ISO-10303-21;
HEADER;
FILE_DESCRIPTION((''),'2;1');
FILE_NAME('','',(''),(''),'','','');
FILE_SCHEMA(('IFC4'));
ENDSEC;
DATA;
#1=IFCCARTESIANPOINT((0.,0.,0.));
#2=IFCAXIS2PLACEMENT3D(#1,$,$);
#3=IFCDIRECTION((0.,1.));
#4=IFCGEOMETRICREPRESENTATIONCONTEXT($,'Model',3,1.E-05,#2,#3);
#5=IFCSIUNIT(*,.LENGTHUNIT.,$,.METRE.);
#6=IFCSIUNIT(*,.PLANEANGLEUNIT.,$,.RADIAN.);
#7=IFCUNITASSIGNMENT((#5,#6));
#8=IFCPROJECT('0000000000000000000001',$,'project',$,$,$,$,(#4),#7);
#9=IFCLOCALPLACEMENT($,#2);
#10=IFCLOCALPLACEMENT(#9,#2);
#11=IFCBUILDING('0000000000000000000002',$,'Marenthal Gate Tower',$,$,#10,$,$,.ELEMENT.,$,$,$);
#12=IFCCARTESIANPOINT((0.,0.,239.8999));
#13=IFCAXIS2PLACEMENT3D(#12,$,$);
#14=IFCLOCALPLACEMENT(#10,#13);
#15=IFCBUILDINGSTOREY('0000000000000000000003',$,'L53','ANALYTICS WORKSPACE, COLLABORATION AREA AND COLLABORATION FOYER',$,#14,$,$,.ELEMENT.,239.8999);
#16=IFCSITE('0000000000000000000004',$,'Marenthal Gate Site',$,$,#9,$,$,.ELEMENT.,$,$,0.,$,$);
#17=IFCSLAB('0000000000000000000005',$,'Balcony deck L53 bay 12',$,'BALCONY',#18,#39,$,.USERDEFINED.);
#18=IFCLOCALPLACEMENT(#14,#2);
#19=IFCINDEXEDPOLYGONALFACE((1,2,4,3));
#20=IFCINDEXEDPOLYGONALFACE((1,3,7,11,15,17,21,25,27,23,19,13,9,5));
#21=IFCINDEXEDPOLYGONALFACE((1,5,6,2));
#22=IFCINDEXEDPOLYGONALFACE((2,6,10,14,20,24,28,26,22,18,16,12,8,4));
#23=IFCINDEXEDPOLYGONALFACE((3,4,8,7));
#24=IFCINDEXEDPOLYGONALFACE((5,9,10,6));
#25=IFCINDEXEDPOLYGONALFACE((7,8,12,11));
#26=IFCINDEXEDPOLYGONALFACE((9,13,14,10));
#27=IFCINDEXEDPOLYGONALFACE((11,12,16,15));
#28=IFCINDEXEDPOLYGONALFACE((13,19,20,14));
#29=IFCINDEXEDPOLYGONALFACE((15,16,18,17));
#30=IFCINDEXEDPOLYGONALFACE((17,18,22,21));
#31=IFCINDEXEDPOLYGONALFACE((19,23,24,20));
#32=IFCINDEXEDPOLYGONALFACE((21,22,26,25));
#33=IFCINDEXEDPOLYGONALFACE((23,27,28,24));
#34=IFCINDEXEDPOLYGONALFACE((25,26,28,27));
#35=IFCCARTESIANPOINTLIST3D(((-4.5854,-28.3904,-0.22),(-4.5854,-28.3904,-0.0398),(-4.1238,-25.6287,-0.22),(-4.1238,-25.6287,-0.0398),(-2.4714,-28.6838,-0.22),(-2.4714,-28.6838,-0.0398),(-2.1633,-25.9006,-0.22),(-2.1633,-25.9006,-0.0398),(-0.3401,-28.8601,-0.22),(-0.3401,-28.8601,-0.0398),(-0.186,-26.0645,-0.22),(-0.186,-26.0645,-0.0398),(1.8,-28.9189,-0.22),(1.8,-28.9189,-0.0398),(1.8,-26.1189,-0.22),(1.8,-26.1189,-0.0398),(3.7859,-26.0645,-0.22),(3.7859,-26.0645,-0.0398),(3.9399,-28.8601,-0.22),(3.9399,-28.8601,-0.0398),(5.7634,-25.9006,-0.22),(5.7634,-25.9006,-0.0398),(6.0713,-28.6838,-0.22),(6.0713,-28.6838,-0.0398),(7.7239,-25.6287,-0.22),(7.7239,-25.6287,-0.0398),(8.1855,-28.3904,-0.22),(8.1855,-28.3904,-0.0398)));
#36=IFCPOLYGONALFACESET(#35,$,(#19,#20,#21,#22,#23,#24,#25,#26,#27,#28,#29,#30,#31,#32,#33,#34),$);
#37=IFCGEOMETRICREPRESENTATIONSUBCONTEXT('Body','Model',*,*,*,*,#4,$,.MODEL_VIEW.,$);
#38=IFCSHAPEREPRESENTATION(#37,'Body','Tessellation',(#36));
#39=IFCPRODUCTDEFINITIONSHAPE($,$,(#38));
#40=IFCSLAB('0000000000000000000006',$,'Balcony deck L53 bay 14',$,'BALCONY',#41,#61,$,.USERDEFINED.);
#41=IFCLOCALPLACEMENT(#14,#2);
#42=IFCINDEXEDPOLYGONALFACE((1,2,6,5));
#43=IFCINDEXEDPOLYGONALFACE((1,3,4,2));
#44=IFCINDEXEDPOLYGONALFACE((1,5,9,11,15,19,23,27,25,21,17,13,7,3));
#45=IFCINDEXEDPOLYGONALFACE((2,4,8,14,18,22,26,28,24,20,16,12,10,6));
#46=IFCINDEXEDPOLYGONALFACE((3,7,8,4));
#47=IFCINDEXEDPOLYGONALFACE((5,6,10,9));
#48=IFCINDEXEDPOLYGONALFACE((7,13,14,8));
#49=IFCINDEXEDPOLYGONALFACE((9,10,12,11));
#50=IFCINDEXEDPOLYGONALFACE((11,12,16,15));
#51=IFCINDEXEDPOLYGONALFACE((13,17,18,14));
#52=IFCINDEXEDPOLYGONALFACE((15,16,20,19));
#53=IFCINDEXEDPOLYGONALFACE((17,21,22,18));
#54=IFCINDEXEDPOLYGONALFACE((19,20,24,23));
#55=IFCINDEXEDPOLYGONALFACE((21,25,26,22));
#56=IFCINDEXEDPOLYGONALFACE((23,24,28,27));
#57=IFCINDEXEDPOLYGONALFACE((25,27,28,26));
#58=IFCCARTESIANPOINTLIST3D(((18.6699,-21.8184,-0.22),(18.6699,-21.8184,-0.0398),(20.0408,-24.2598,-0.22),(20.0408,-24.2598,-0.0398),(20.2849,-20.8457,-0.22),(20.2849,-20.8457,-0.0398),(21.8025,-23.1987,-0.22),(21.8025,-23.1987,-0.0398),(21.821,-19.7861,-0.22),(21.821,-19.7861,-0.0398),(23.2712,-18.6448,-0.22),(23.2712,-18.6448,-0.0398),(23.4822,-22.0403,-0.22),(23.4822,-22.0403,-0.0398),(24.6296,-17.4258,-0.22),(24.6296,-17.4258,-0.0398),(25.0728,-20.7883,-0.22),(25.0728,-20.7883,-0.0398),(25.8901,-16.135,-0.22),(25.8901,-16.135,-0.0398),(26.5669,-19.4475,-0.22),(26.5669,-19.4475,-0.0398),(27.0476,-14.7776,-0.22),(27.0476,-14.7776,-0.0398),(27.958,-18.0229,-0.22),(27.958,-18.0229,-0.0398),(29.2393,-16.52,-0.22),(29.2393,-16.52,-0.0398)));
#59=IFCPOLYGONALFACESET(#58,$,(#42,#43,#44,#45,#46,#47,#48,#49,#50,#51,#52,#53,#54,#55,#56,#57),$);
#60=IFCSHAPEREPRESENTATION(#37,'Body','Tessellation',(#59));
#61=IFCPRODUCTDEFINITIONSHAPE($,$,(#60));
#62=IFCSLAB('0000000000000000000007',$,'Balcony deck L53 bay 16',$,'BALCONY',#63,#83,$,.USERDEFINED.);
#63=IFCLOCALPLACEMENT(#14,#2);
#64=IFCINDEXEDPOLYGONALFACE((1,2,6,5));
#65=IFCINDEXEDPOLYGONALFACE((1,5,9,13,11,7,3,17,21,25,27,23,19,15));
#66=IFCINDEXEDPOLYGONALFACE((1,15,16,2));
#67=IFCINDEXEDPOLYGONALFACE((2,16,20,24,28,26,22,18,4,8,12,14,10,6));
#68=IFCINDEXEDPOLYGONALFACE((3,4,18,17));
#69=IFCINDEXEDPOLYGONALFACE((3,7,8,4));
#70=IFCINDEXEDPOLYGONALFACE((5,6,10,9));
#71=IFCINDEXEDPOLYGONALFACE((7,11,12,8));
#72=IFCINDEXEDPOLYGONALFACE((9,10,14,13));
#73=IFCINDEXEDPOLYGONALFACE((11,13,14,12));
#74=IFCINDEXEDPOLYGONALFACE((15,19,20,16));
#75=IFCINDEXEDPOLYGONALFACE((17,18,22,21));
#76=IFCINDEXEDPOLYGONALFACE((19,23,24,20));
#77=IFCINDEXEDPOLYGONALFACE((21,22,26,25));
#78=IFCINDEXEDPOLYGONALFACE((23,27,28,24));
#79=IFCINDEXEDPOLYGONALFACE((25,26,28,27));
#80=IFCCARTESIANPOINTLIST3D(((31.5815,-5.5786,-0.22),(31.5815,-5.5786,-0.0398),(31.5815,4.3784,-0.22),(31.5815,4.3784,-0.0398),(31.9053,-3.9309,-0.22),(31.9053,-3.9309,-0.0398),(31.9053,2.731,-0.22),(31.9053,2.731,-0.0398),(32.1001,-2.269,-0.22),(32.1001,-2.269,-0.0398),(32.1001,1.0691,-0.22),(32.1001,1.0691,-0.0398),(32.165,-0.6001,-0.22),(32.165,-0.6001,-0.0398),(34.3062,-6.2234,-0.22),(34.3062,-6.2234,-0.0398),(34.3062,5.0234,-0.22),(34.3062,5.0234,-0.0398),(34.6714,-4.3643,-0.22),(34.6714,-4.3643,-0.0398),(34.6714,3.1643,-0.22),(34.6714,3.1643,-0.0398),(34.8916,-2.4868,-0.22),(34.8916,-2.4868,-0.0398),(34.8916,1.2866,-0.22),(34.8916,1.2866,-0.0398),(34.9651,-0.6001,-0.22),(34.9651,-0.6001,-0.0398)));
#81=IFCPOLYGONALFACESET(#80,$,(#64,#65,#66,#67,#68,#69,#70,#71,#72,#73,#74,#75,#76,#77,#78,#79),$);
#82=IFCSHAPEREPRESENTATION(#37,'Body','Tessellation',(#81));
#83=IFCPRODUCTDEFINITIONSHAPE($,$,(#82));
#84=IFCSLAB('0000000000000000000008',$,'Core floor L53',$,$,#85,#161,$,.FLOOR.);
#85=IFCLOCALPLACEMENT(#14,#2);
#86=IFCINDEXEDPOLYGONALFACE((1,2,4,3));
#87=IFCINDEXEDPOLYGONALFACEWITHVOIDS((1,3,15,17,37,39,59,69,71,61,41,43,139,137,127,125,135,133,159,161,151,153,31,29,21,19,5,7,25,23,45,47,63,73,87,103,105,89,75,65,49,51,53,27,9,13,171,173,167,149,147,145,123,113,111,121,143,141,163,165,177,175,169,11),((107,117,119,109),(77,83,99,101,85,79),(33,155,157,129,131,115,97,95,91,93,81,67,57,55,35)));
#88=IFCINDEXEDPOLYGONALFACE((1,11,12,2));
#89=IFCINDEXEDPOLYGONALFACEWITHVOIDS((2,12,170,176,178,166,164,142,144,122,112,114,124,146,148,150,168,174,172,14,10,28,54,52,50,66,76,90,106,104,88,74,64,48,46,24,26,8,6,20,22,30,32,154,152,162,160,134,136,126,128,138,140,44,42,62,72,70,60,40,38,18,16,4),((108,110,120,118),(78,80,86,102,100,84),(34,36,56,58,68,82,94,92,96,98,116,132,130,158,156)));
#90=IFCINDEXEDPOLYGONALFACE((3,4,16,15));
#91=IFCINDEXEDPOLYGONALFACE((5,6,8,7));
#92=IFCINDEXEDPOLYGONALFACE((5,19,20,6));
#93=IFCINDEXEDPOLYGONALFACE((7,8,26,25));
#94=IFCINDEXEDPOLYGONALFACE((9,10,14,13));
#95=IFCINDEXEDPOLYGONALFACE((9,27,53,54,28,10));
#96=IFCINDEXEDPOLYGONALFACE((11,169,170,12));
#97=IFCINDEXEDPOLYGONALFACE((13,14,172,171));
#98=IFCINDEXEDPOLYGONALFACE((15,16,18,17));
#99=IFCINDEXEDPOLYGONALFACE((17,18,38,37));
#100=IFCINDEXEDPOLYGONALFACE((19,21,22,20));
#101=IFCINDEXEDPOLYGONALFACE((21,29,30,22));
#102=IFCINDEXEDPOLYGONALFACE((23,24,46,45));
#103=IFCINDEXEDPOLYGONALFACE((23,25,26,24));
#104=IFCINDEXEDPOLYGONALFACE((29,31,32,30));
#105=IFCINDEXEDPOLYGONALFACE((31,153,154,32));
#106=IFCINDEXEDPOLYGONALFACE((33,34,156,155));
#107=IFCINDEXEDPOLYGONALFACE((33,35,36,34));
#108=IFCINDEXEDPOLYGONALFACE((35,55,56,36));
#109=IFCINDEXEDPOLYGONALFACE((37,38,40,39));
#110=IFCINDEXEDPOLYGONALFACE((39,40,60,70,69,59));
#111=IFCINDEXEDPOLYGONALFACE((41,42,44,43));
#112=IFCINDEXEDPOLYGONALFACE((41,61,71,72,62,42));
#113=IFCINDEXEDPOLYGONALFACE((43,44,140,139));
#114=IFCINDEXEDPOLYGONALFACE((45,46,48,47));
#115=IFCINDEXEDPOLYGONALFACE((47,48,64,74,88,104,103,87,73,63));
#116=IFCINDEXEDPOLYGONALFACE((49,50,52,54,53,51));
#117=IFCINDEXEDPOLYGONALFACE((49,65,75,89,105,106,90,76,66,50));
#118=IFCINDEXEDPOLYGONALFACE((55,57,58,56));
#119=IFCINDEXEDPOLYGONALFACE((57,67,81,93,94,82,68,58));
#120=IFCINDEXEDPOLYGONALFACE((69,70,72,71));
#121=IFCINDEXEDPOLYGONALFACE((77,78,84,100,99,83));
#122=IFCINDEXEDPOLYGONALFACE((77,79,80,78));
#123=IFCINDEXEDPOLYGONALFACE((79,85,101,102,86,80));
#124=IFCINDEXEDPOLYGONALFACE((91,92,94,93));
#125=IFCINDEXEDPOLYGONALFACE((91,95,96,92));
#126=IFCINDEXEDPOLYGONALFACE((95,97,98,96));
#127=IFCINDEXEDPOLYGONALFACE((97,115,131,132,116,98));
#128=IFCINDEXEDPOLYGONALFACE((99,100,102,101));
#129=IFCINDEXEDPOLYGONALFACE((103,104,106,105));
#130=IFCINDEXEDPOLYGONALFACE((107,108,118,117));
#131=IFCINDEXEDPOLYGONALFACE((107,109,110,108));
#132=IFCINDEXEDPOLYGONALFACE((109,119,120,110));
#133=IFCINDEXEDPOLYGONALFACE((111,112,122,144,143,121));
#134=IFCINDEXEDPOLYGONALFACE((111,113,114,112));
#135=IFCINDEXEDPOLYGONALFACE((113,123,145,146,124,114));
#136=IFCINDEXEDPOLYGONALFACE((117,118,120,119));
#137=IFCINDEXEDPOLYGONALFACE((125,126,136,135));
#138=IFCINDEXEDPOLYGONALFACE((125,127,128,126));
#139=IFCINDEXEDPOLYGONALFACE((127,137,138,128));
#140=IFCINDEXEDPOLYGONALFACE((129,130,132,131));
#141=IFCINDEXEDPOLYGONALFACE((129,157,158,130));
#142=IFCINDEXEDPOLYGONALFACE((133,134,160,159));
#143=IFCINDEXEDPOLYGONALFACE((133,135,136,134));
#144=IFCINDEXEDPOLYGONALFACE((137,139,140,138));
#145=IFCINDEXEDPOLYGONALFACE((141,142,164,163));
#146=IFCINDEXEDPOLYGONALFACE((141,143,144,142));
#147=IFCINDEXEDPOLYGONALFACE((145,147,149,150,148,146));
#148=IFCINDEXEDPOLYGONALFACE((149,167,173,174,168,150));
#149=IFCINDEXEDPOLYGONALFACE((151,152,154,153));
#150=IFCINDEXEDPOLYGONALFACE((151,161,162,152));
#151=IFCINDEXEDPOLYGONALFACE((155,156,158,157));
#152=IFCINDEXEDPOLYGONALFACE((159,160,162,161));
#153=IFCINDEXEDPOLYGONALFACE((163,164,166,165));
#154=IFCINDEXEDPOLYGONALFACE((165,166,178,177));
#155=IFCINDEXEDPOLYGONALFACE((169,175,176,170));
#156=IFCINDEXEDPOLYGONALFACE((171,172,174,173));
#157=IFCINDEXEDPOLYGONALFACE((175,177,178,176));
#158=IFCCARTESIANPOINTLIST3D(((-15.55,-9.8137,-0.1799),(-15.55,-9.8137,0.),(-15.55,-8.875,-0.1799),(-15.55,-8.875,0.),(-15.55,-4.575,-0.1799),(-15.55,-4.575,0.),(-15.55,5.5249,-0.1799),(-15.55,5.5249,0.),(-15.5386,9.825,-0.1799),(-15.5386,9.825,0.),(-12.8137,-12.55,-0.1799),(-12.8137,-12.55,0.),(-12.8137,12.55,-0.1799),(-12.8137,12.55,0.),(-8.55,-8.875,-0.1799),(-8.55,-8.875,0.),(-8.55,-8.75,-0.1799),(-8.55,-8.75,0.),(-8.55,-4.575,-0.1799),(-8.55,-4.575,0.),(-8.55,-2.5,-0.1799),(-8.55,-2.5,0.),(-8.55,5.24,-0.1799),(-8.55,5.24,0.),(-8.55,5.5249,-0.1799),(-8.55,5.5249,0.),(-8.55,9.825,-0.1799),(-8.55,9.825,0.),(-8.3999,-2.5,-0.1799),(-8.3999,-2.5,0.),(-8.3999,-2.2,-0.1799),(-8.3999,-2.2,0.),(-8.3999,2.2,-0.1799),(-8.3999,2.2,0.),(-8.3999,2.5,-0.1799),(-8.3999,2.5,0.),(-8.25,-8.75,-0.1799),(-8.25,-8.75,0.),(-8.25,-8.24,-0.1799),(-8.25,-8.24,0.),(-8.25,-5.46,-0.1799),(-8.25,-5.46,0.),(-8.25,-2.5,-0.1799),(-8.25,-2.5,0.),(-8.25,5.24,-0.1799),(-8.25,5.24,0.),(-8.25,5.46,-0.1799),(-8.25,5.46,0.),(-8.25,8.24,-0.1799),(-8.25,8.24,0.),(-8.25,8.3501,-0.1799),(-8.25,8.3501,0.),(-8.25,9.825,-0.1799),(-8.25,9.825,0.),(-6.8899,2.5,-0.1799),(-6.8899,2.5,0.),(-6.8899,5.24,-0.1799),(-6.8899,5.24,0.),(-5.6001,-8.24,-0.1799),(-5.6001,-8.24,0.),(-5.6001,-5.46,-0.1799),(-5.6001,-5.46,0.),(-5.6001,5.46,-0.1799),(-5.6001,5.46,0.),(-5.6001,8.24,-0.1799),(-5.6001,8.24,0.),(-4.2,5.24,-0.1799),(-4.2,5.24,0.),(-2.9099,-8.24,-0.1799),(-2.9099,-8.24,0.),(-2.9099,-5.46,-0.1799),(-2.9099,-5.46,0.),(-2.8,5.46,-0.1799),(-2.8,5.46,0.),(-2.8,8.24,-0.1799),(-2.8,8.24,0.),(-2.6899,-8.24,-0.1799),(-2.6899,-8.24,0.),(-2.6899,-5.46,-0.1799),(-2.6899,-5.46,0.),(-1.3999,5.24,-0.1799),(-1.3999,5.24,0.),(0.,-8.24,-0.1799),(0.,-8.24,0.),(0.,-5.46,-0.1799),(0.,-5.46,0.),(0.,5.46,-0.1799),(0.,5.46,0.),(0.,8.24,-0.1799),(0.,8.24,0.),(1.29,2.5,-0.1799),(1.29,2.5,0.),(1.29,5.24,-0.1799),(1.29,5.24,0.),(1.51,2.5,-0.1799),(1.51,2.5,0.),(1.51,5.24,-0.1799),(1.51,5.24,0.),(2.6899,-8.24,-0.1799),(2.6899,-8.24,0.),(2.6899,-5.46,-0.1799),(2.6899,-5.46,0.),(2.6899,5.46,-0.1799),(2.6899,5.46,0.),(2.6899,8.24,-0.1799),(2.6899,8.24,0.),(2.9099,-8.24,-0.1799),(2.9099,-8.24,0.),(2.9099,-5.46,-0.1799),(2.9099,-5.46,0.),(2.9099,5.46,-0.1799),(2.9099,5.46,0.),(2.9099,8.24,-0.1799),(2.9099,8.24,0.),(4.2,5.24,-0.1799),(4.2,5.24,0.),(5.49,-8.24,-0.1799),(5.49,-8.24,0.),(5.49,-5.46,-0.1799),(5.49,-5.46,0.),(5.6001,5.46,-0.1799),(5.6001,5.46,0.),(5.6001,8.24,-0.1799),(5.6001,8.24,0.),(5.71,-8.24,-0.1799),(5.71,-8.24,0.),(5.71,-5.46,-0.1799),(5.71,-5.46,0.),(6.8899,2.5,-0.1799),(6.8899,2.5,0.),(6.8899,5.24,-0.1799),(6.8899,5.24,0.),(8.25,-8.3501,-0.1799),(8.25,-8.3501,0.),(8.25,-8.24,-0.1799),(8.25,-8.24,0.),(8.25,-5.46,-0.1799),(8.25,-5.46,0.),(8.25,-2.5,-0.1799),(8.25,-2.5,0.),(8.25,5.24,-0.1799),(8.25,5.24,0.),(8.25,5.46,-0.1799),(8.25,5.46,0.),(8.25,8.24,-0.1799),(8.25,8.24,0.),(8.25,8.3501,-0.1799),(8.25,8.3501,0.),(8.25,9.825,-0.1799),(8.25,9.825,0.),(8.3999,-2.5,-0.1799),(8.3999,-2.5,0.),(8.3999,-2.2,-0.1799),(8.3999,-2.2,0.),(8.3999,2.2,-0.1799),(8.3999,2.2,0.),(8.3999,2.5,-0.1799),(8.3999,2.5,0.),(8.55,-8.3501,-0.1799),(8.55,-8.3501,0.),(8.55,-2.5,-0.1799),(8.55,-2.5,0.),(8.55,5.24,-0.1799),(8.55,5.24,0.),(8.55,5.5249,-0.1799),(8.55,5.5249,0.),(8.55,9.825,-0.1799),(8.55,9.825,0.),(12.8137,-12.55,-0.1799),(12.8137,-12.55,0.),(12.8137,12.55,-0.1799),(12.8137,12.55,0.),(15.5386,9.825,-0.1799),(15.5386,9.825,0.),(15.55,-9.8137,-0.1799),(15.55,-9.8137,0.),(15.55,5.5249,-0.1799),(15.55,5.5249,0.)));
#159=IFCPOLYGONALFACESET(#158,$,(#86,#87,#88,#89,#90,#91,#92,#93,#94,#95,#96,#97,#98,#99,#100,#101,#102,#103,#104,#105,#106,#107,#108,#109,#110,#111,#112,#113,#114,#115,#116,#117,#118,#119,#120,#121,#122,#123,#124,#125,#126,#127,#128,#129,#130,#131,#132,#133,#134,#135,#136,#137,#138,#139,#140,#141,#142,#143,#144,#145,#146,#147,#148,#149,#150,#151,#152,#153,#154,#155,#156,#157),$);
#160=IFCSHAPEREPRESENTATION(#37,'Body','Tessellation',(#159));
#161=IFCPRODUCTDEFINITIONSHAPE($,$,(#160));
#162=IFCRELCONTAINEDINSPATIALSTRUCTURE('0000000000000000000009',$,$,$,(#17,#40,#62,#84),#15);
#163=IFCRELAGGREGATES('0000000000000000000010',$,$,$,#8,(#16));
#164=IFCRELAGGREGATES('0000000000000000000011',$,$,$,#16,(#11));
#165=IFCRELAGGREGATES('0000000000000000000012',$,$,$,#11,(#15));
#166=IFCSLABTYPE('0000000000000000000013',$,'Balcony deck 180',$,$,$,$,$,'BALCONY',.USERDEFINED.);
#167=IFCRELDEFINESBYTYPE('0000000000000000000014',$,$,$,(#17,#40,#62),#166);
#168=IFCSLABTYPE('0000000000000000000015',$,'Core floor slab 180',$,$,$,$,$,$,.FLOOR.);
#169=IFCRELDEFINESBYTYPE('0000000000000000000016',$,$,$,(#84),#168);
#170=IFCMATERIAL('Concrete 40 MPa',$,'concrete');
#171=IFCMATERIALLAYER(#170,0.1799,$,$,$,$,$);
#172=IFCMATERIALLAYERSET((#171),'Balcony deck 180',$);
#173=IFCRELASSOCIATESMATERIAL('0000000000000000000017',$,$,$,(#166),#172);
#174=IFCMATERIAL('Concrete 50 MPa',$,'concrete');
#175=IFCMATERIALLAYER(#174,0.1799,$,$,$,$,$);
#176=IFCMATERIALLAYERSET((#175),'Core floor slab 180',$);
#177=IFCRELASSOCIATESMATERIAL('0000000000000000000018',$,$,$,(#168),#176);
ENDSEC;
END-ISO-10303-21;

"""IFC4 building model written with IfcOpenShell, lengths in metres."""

from ifc_helpers import new_model, si_unit, direction, frame, origin, place, context, subcontext, project, spatial, polyline, outline, extrude, material, layer, layer_set, type_object, element, save


model = new_model("IFC4")

# Units and contexts
model_context = context("Model", 3, precision=1e-05, world=origin(), true_north=direction((0.0, 1.0)))
body_context = subcontext(model_context, "Body", "Model", "MODEL_VIEW")
ifc_project = project(units=[si_unit("LENGTHUNIT", "METRE"), si_unit("PLANEANGLEUNIT", "RADIAN")], contexts=[model_context])

# Site, building, storey
site_placement = place(None, origin())
site = spatial("IfcSite", under=ifc_project, at=site_placement, Name="Marenthal Gate Site", CompositionType="ELEMENT", RefElevation=0.0)
building_placement = place(site_placement, origin())
building = spatial("IfcBuilding", under=site, at=building_placement, Name="Marenthal Gate Tower", CompositionType="ELEMENT")
storey_placement = place(building_placement, frame((0.0, 0.0, 239.8999)))
storey = spatial("IfcBuildingStorey", under=building, at=storey_placement, Name="L53", Description="ANALYTICS WORKSPACE, COLLABORATION AREA AND COLLABORATION FOYER", CompositionType="ELEMENT", Elevation=239.8999)

# Slabs
ifc_material_1 = material(Name="Concrete 40 MPa", Category="concrete")
ifc_layer_1 = layer(ifc_material_1, 0.1799)
ifc_layer_set_1 = layer_set([ifc_layer_1], Name="Balcony deck 180")
slab_type_1 = type_object("IfcSlabType", Name="Balcony deck 180", ElementType="BALCONY", PredefinedType="USERDEFINED", material=ifc_layer_set_1)
slab_1_placement = place(storey_placement, frame((0.0, 0.0, -0.22)))
element("IfcSlab", 1, at=slab_1_placement, inside=storey, type_object=slab_type_1, Name="Balcony deck L53 bay 12", ObjectType="BALCONY", PredefinedType="USERDEFINED", context=body_context, shape_type="SweptSolid", body=[
    extrude(outline(polyline([(-4.1238, -25.6287), (-2.1633, -25.9006), (-0.186, -26.0645), (1.8, -26.1189), (3.7859, -26.0645), (5.7634, -25.9006), (7.7239, -25.6287), (8.1855, -28.3904), (6.0713, -28.6838), (3.9399, -28.8601), (1.8, -28.9189), (-0.3401, -28.8601), (-2.4714, -28.6838), (-4.5854, -28.3904), (-4.1238, -25.6287)])), origin(), (0.0, 0.0, 1.0), 0.1802),
])
slab_2_placement = place(storey_placement, frame((0.0, 0.0, -0.22)))
element("IfcSlab", 2, at=slab_2_placement, inside=storey, type_object=slab_type_1, Name="Balcony deck L53 bay 14", ObjectType="BALCONY", PredefinedType="USERDEFINED", context=body_context, shape_type="SweptSolid", body=[
    extrude(outline(polyline([(18.6699, -21.8184), (20.2849, -20.8457), (21.821, -19.7861), (23.2712, -18.6448), (24.6296, -17.4258), (25.8901, -16.135), (27.0476, -14.7776), (29.2393, -16.52), (27.958, -18.0229), (26.5669, -19.4475), (25.0728, -20.7883), (23.4822, -22.0403), (21.8025, -23.1987), (20.0408, -24.2598), (18.6699, -21.8184)])), origin(), (0.0, 0.0, 1.0), 0.1802),
])
slab_3_placement = place(storey_placement, frame((0.0, 0.0, -0.22)))
element("IfcSlab", 3, at=slab_3_placement, inside=storey, type_object=slab_type_1, Name="Balcony deck L53 bay 16", ObjectType="BALCONY", PredefinedType="USERDEFINED", context=body_context, shape_type="SweptSolid", body=[
    extrude(outline(polyline([(31.5815, -5.5786), (31.9053, -3.9309), (32.1001, -2.269), (32.165, -0.6001), (32.1001, 1.0691), (31.9053, 2.731), (31.5815, 4.3784), (34.3062, 5.0234), (34.6714, 3.1643), (34.8916, 1.2866), (34.9651, -0.6001), (34.8916, -2.4868), (34.6714, -4.3643), (34.3062, -6.2234), (31.5815, -5.5786)])), origin(), (0.0, 0.0, 1.0), 0.1802),
])
ifc_material_2 = material(Name="Concrete 50 MPa", Category="concrete")
ifc_layer_2 = layer(ifc_material_2, 0.1799)
ifc_layer_set_2 = layer_set([ifc_layer_2], Name="Core floor slab 180")
slab_type_2 = type_object("IfcSlabType", Name="Core floor slab 180", PredefinedType="FLOOR", material=ifc_layer_set_2)
slab_4_placement = place(storey_placement, frame((0.0, 0.0, -0.1799)))
element("IfcSlab", 4, at=slab_4_placement, inside=storey, type_object=slab_type_2, Name="Core floor L53", PredefinedType="FLOOR", context=body_context, shape_type="SweptSolid", body=[
    extrude(outline(polyline([(12.8137, -12.55), (-12.8137, -12.55), (-15.55, -9.8137), (-15.55, -8.875), (-8.55, -8.875), (-8.55, -8.75), (-8.25, -8.75), (-8.25, -8.24), (-5.6001, -8.24), (-2.9099, -8.24), (-2.9099, -5.46), (-5.6001, -5.46), (-8.25, -5.46), (-8.25, -2.5), (8.25, -2.5), (8.25, -5.46), (5.71, -5.46), (5.71, -8.24), (8.25, -8.24), (8.25, -8.3501), (8.55, -8.3501), (8.55, -2.5), (8.3999, -2.5), (8.3999, -2.2), (-8.3999, -2.2), (-8.3999, -2.5), (-8.55, -2.5), (-8.55, -4.575), (-15.55, -4.575), (-15.55, 5.5249), (-8.55, 5.5249), (-8.55, 5.24), (-8.25, 5.24), (-8.25, 5.46), (-5.6001, 5.46), (-2.8, 5.46), (0.0, 5.46), (2.6899, 5.46), (2.6899, 8.24), (0.0, 8.24), (-2.8, 8.24), (-5.6001, 8.24), (-8.25, 8.24), (-8.25, 8.3501), (-8.25, 9.825), (-8.55, 9.825), (-15.5386, 9.825), (-12.8137, 12.55), (12.8137, 12.55), (15.5386, 9.825), (8.55, 9.825), (8.25, 9.825), (8.25, 8.3501), (8.25, 8.24), (5.6001, 8.24), (2.9099, 8.24), (2.9099, 5.46), (5.6001, 5.46), (8.25, 5.46), (8.25, 5.24), (8.55, 5.24), (8.55, 5.5249), (15.55, 5.5249), (15.55, -9.8137), (12.8137, -12.55)]), holes=[polyline([(2.6899, -8.24), (2.6899, -5.46), (0.0, -5.46), (-2.6899, -5.46), (-2.6899, -8.24), (0.0, -8.24), (2.6899, -8.24)]), polyline([(-6.8899, 5.24), (-6.8899, 2.5), (-8.3999, 2.5), (-8.3999, 2.2), (8.3999, 2.2), (8.3999, 2.5), (6.8899, 2.5), (6.8899, 5.24), (4.2, 5.24), (1.51, 5.24), (1.51, 2.5), (1.29, 2.5), (1.29, 5.24), (-1.3999, 5.24), (-4.2, 5.24), (-6.8899, 5.24)]), polyline([(5.49, -8.24), (5.49, -5.46), (2.9099, -5.46), (2.9099, -8.24), (5.49, -8.24)])]), origin(), (0.0, 0.0, 1.0), 0.1799),
])

save(model, "model.ifc")
